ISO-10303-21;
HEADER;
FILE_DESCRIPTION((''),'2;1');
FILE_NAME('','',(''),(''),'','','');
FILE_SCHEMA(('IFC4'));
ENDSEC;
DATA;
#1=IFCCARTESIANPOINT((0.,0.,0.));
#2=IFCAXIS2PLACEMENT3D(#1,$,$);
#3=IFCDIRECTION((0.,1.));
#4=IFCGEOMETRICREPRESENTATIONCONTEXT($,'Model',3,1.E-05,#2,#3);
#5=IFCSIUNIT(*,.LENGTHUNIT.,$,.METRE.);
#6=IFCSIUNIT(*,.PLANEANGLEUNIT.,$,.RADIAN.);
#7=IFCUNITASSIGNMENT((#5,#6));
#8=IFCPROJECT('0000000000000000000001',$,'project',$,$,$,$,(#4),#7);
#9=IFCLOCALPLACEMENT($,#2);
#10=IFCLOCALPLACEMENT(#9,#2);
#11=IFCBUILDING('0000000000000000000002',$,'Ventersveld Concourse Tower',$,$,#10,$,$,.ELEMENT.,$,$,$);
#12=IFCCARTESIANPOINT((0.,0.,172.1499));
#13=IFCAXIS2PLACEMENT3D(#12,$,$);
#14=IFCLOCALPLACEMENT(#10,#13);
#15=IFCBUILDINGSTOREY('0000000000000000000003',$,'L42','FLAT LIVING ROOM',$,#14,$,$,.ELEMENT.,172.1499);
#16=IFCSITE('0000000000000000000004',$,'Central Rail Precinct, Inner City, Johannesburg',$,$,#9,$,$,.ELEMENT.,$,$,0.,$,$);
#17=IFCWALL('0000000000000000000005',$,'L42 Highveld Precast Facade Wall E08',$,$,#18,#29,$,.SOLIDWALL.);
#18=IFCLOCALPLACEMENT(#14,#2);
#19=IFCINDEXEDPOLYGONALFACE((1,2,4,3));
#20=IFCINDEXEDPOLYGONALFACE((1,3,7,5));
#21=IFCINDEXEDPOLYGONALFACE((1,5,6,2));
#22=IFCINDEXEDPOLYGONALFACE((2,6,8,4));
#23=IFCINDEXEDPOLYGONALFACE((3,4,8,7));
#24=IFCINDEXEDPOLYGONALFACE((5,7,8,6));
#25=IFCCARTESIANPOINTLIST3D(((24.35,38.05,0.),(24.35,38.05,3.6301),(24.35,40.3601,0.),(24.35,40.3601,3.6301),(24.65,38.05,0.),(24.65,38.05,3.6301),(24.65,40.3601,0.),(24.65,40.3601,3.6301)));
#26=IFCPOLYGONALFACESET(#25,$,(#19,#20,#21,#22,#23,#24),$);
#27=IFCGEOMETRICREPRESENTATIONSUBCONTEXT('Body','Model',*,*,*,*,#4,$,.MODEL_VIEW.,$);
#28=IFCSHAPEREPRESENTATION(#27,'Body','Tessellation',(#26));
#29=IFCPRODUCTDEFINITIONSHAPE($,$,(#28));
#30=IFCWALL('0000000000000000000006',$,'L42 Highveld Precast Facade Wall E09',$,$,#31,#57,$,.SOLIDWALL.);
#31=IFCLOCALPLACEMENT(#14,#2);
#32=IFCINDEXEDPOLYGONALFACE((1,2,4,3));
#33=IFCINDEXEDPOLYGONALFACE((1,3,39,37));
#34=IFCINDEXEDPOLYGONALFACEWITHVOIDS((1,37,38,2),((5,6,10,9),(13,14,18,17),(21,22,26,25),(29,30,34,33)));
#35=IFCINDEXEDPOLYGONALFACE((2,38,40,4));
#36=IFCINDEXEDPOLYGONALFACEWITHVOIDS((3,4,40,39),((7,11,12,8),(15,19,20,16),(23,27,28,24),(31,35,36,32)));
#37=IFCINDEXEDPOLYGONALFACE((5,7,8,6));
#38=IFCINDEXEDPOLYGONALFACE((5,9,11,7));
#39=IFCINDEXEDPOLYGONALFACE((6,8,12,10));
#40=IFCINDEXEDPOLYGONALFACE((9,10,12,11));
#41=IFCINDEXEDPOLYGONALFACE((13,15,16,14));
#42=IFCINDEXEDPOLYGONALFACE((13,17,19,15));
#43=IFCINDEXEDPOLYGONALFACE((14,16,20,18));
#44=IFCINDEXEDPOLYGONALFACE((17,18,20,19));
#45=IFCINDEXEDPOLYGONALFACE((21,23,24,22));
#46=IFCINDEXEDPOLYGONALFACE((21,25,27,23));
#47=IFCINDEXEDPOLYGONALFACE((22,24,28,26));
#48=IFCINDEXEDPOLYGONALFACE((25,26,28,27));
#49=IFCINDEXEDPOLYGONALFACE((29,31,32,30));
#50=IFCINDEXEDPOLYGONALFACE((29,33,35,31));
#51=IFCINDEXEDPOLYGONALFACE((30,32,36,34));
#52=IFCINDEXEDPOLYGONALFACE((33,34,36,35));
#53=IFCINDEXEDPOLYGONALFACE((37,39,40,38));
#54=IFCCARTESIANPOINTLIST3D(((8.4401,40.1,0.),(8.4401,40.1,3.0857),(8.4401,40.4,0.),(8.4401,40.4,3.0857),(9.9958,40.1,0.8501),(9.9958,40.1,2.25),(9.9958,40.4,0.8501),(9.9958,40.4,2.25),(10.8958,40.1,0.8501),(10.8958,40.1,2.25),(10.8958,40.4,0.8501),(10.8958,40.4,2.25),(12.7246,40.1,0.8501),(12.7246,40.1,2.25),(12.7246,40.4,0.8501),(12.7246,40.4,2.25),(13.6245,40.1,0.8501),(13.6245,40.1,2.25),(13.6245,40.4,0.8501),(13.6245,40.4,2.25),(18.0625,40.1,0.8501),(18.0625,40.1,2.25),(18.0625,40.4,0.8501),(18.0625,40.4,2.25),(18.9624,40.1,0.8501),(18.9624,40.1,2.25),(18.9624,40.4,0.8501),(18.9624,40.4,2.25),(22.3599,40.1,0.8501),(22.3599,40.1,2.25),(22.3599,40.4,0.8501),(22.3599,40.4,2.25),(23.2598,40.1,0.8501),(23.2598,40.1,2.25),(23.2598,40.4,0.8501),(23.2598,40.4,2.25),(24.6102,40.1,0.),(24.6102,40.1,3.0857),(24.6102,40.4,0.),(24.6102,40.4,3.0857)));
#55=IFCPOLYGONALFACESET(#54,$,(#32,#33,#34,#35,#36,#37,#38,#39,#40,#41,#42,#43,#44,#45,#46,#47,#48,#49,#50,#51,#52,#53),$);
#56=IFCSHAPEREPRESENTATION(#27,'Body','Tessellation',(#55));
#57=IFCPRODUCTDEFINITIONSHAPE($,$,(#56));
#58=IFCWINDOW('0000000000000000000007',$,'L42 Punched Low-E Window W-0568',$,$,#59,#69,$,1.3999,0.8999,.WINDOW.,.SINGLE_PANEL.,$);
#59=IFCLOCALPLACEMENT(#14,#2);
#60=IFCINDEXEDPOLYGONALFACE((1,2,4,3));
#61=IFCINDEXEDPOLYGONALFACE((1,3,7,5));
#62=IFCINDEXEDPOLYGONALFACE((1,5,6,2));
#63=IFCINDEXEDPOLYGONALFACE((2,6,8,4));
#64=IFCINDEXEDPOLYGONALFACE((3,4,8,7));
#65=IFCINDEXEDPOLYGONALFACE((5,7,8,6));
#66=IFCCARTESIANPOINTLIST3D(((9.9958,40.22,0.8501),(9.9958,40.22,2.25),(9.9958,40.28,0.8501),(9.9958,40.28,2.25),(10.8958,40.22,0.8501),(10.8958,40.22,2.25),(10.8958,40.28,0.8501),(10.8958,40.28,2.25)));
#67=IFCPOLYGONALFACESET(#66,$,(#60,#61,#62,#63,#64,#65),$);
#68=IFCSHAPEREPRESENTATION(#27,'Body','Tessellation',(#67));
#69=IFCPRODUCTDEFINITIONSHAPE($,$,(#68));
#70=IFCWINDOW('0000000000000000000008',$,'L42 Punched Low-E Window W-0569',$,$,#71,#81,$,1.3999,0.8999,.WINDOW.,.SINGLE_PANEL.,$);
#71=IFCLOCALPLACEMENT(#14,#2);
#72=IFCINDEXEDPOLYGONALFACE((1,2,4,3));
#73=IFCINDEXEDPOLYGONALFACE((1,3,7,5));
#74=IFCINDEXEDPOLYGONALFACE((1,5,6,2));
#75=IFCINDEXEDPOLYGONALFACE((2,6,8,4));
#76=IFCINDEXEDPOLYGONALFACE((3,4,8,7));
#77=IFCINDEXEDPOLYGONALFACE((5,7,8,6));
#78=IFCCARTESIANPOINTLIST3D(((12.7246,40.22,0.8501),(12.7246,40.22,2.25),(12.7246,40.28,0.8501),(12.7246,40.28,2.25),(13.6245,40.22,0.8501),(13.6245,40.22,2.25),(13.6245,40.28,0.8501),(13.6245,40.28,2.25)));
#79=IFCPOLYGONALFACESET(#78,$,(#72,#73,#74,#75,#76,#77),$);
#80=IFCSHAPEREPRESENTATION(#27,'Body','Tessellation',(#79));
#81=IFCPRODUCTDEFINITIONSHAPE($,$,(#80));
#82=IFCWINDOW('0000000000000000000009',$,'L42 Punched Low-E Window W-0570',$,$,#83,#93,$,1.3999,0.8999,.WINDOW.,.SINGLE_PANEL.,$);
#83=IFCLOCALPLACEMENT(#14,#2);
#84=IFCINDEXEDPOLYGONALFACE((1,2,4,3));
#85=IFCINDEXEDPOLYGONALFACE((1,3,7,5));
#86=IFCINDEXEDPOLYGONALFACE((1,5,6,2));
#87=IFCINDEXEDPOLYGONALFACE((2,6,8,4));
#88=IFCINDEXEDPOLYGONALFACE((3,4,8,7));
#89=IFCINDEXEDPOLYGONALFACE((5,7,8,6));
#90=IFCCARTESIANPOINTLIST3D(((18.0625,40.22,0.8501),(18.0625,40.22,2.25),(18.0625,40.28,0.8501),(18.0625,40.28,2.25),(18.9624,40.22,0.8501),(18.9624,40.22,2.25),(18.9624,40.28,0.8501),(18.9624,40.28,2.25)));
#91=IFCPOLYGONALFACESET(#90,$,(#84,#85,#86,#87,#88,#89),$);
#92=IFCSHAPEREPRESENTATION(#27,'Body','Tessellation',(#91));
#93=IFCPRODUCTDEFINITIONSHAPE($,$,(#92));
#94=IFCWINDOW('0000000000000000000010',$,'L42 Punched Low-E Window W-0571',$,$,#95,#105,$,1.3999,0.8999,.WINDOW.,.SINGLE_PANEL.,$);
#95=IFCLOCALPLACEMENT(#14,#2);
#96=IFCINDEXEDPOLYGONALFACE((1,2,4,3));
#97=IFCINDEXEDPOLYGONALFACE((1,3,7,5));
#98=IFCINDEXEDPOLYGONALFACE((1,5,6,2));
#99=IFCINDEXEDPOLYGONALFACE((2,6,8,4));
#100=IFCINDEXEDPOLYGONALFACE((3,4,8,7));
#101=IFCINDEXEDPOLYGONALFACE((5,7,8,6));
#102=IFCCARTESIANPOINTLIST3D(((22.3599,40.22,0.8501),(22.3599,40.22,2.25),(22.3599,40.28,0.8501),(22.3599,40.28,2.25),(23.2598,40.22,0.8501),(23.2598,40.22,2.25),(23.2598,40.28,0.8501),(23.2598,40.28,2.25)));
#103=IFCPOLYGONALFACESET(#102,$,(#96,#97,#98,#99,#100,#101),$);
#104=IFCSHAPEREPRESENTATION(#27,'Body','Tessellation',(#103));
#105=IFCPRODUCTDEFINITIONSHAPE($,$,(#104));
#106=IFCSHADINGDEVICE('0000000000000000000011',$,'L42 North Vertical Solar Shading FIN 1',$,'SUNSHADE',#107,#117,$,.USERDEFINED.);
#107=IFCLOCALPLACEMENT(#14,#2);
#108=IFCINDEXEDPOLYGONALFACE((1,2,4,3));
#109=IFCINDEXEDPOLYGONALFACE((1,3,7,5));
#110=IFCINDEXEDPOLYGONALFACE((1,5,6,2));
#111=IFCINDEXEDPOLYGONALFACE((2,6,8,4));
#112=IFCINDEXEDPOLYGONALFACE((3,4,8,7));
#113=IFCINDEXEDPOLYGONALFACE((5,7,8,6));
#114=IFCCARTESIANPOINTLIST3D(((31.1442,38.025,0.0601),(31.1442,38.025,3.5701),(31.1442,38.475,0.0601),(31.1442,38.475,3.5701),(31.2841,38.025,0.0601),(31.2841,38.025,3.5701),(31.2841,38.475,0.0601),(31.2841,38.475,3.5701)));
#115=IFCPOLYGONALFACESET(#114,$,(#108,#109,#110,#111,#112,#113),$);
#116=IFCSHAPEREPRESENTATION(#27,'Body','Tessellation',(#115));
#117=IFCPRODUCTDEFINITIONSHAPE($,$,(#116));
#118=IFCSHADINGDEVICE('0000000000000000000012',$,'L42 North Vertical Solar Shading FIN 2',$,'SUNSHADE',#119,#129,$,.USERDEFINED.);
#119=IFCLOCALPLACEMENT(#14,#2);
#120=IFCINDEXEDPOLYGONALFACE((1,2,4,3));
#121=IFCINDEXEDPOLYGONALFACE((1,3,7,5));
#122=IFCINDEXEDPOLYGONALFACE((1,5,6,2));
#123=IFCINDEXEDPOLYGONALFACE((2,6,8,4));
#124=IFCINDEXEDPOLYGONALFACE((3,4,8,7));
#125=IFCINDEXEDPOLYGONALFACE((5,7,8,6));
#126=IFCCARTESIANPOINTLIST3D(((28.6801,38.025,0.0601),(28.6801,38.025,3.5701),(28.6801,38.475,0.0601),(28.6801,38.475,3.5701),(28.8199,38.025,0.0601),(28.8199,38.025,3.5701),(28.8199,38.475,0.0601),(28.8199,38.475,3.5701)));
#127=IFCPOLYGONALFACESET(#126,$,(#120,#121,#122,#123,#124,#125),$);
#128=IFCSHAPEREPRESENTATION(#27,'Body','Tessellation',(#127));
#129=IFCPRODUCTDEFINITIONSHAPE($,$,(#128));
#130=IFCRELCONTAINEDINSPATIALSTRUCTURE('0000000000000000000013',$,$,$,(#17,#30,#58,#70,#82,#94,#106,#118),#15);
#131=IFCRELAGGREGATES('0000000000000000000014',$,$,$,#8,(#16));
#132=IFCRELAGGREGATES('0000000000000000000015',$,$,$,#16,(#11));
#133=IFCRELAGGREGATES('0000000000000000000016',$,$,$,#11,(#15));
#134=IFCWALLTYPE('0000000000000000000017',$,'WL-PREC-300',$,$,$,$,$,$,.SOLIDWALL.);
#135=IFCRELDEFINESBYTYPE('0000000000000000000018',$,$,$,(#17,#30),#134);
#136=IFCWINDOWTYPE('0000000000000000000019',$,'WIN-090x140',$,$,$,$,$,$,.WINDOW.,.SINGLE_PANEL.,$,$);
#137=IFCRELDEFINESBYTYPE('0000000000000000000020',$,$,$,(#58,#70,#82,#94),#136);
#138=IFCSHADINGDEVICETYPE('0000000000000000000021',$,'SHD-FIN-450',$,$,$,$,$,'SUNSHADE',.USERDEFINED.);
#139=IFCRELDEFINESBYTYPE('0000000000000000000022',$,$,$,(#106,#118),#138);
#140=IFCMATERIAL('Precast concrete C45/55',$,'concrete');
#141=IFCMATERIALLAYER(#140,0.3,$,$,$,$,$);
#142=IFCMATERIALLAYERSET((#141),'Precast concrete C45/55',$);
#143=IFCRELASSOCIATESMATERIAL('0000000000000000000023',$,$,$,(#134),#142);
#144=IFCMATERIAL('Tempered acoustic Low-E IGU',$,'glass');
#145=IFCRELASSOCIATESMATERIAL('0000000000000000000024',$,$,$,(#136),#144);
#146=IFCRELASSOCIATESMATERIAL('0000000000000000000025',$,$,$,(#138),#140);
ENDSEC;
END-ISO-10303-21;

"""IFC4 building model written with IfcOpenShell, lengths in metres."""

from ifc_helpers import new_model, si_unit, direction, frame, frame_2d, origin, origin_2d, place, context, subcontext, project, spatial, rectangle, extrude, material, layer, layer_set, type_object, element, fill, save


model = new_model("IFC4")

# Units and contexts
model_context = context("Model", 3, precision=1e-05, world=origin(), true_north=direction((0.0, 1.0)))
body_context = subcontext(model_context, "Body", "Model", "MODEL_VIEW")
ifc_project = project(units=[si_unit("LENGTHUNIT", "METRE"), si_unit("PLANEANGLEUNIT", "RADIAN")], contexts=[model_context])

# Site, building, storey
site_placement = place(None, origin())
site = spatial("IfcSite", under=ifc_project, at=site_placement, Name="Central Rail Precinct, Inner City, Johannesburg", CompositionType="ELEMENT", RefElevation=0.0)
building_placement = place(site_placement, origin())
building = spatial("IfcBuilding", under=site, at=building_placement, Name="Ventersveld Concourse Tower", CompositionType="ELEMENT")
storey_placement = place(building_placement, frame((0.0, 0.0, 172.1499)))
storey = spatial("IfcBuildingStorey", under=building, at=storey_placement, Name="L42", Description="FLAT LIVING ROOM", CompositionType="ELEMENT", Elevation=172.1499)

# Shared definitions
ifc_material_1 = material(Name="Precast concrete C45/55", Category="concrete")
ifc_layer_1 = layer(ifc_material_1, 0.3)
ifc_layer_set_1 = layer_set([ifc_layer_1], Name="Precast concrete C45/55")
wall_type_1 = type_object("IfcWallType", Name="WL-PREC-300", PredefinedType="SOLIDWALL", material=ifc_layer_set_1)

# Shared definitions
ifc_material_2 = material(Name="Tempered acoustic Low-E IGU", Category="glass")

# Wall
wall_1_placement = place(storey_placement, frame((24.5, 38.05, 0.0), z_axis=(0.0, 0.0, 1.0), x_axis=(0.0, 1.0, 0.0)))
element("IfcWall", 1, at=wall_1_placement, inside=storey, type_object=wall_type_1, Name="L42 Highveld Precast Facade Wall E08", PredefinedType="SOLIDWALL", context=body_context, shape_type="SweptSolid", body=[
    extrude(rectangle(XDim=2.3101, YDim=0.3, at=frame_2d((1.155, 0.0))), origin(), (0.0, 0.0, 1.0), 3.6301),
])

# Wall, openings, windows
wall_2_placement = place(storey_placement, frame((24.6101, 40.25, 0.0), z_axis=(0.0, 0.0, 1.0), x_axis=(-1.0, 0.0, 0.0)))
wall_2 = element("IfcWall", 2, at=wall_2_placement, inside=storey, type_object=wall_type_1, Name="L42 Highveld Precast Facade Wall E09", PredefinedType="SOLIDWALL", context=body_context, shape_type="SweptSolid", body=[
    extrude(rectangle(XDim=16.1702, YDim=0.3, at=frame_2d((8.085, 0.0))), origin(), (0.0, 0.0, 1.0), 3.0857),
])
opening_1_placement = place(wall_2_placement, frame((13.7144, 0.0, 0.8501)))
opening_1 = element("IfcOpeningElement", 3, at=opening_1_placement, cuts=wall_2, PredefinedType="OPENING", context=body_context, shape_type="SweptSolid", body=[
    extrude(rectangle(XDim=0.8999, YDim=1.3999, at=frame_2d((0.45, 0.7))), frame((0.0, 0.1602, 0.0), z_axis=(0.0, -1.0, 0.0), x_axis=(1.0, 0.0, 0.0)), (0.0, 0.0, 1.0), 0.3201),
])
opening_2_placement = place(wall_2_placement, frame((10.9856, 0.0, 0.8501)))
opening_2 = element("IfcOpeningElement", 4, at=opening_2_placement, cuts=wall_2, PredefinedType="OPENING", context=body_context, shape_type="SweptSolid", body=[
    extrude(rectangle(XDim=0.8999, YDim=1.3999, at=frame_2d((0.45, 0.7))), frame((0.0, 0.1602, 0.0), z_axis=(0.0, -1.0, 0.0), x_axis=(1.0, 0.0, 0.0)), (0.0, 0.0, 1.0), 0.3201),
])
opening_3_placement = place(wall_2_placement, frame((5.6477, 0.0, 0.8501)))
opening_3 = element("IfcOpeningElement", 5, at=opening_3_placement, cuts=wall_2, PredefinedType="OPENING", context=body_context, shape_type="SweptSolid", body=[
    extrude(rectangle(XDim=0.8999, YDim=1.3999, at=frame_2d((0.45, 0.7))), frame((0.0, 0.1602, 0.0), z_axis=(0.0, -1.0, 0.0), x_axis=(1.0, 0.0, 0.0)), (0.0, 0.0, 1.0), 0.3201),
])
opening_4_placement = place(wall_2_placement, frame((1.3503, 0.0, 0.8501)))
opening_4 = element("IfcOpeningElement", 6, at=opening_4_placement, cuts=wall_2, PredefinedType="OPENING", context=body_context, shape_type="SweptSolid", body=[
    extrude(rectangle(XDim=0.8999, YDim=1.3999, at=frame_2d((0.45, 0.7))), frame((0.0, 0.1602, 0.0), z_axis=(0.0, -1.0, 0.0), x_axis=(1.0, 0.0, 0.0)), (0.0, 0.0, 1.0), 0.3201),
])
window_type_1 = type_object("IfcWindowType", Name="WIN-090x140", PartitioningType="SINGLE_PANEL", PredefinedType="WINDOW", material=ifc_material_2)
window_1_placement = place(opening_1_placement, origin())
window_1 = element("IfcWindow", 7, at=window_1_placement, inside=storey, type_object=window_type_1, Name="L42 Punched Low-E Window W-0568", OverallHeight=1.3999, OverallWidth=0.8999, PartitioningType="SINGLE_PANEL", PredefinedType="WINDOW", context=body_context, shape_type="SweptSolid", body=[
    extrude(rectangle(XDim=0.8999, YDim=1.3999, at=frame_2d((0.45, 0.7))), frame((0.0, 0.03, 0.0), z_axis=(0.0, -1.0, 0.0), x_axis=(1.0, 0.0, 0.0)), (0.0, 0.0, 1.0), 0.0601),
])
fill(opening_1, window_1)
window_2_placement = place(opening_2_placement, origin())
window_2 = element("IfcWindow", 8, at=window_2_placement, inside=storey, type_object=window_type_1, Name="L42 Punched Low-E Window W-0569", OverallHeight=1.3999, OverallWidth=0.8999, PartitioningType="SINGLE_PANEL", PredefinedType="WINDOW", context=body_context, shape_type="SweptSolid", body=[
    extrude(rectangle(XDim=0.8999, YDim=1.3999, at=frame_2d((0.45, 0.7))), frame((0.0, 0.03, 0.0), z_axis=(0.0, -1.0, 0.0), x_axis=(1.0, 0.0, 0.0)), (0.0, 0.0, 1.0), 0.0601),
])
fill(opening_2, window_2)
window_3_placement = place(opening_3_placement, origin())
window_3 = element("IfcWindow", 9, at=window_3_placement, inside=storey, type_object=window_type_1, Name="L42 Punched Low-E Window W-0570", OverallHeight=1.3999, OverallWidth=0.8999, PartitioningType="SINGLE_PANEL", PredefinedType="WINDOW", context=body_context, shape_type="SweptSolid", body=[
    extrude(rectangle(XDim=0.8999, YDim=1.3999, at=frame_2d((0.45, 0.7))), frame((0.0, 0.03, 0.0), z_axis=(0.0, -1.0, 0.0), x_axis=(1.0, 0.0, 0.0)), (0.0, 0.0, 1.0), 0.0601),
])
fill(opening_3, window_3)
window_4_placement = place(opening_4_placement, origin())
window_4 = element("IfcWindow", 10, at=window_4_placement, inside=storey, type_object=window_type_1, Name="L42 Punched Low-E Window W-0571", OverallHeight=1.3999, OverallWidth=0.8999, PartitioningType="SINGLE_PANEL", PredefinedType="WINDOW", context=body_context, shape_type="SweptSolid", body=[
    extrude(rectangle(XDim=0.8999, YDim=1.3999, at=frame_2d((0.45, 0.7))), frame((0.0, 0.03, 0.0), z_axis=(0.0, -1.0, 0.0), x_axis=(1.0, 0.0, 0.0)), (0.0, 0.0, 1.0), 0.0601),
])
fill(opening_4, window_4)

# Shading devices
shading_device_type = type_object("IfcShadingDeviceType", Name="SHD-FIN-450", ElementType="SUNSHADE", PredefinedType="USERDEFINED", material=ifc_material_1)
for number, where, z_axis, x_axis, name in (
    (11, (31.2141, 38.25, 0.0601), (0.0, 0.0, 1.0), (1.0, 0.0, 0.0), "L42 North Vertical Solar Shading FIN 1"),
    (12, (28.75, 38.25, 0.0601), (0.0, 0.0, 1.0), (1.0, 0.0, 0.0), "L42 North Vertical Solar Shading FIN 2"),
):
    element("IfcShadingDevice", number, at=place(storey_placement, frame(where, z_axis=z_axis, x_axis=x_axis)), inside=storey, type_object=shading_device_type, Name=name, ObjectType="SUNSHADE", PredefinedType="USERDEFINED", context=body_context, shape_type="SweptSolid", body=[
        extrude(rectangle(XDim=0.1399, YDim=0.45, at=origin_2d()), origin(), (0.0, 0.0, 1.0), 3.51),
    ])

save(model, "model.ifc")
